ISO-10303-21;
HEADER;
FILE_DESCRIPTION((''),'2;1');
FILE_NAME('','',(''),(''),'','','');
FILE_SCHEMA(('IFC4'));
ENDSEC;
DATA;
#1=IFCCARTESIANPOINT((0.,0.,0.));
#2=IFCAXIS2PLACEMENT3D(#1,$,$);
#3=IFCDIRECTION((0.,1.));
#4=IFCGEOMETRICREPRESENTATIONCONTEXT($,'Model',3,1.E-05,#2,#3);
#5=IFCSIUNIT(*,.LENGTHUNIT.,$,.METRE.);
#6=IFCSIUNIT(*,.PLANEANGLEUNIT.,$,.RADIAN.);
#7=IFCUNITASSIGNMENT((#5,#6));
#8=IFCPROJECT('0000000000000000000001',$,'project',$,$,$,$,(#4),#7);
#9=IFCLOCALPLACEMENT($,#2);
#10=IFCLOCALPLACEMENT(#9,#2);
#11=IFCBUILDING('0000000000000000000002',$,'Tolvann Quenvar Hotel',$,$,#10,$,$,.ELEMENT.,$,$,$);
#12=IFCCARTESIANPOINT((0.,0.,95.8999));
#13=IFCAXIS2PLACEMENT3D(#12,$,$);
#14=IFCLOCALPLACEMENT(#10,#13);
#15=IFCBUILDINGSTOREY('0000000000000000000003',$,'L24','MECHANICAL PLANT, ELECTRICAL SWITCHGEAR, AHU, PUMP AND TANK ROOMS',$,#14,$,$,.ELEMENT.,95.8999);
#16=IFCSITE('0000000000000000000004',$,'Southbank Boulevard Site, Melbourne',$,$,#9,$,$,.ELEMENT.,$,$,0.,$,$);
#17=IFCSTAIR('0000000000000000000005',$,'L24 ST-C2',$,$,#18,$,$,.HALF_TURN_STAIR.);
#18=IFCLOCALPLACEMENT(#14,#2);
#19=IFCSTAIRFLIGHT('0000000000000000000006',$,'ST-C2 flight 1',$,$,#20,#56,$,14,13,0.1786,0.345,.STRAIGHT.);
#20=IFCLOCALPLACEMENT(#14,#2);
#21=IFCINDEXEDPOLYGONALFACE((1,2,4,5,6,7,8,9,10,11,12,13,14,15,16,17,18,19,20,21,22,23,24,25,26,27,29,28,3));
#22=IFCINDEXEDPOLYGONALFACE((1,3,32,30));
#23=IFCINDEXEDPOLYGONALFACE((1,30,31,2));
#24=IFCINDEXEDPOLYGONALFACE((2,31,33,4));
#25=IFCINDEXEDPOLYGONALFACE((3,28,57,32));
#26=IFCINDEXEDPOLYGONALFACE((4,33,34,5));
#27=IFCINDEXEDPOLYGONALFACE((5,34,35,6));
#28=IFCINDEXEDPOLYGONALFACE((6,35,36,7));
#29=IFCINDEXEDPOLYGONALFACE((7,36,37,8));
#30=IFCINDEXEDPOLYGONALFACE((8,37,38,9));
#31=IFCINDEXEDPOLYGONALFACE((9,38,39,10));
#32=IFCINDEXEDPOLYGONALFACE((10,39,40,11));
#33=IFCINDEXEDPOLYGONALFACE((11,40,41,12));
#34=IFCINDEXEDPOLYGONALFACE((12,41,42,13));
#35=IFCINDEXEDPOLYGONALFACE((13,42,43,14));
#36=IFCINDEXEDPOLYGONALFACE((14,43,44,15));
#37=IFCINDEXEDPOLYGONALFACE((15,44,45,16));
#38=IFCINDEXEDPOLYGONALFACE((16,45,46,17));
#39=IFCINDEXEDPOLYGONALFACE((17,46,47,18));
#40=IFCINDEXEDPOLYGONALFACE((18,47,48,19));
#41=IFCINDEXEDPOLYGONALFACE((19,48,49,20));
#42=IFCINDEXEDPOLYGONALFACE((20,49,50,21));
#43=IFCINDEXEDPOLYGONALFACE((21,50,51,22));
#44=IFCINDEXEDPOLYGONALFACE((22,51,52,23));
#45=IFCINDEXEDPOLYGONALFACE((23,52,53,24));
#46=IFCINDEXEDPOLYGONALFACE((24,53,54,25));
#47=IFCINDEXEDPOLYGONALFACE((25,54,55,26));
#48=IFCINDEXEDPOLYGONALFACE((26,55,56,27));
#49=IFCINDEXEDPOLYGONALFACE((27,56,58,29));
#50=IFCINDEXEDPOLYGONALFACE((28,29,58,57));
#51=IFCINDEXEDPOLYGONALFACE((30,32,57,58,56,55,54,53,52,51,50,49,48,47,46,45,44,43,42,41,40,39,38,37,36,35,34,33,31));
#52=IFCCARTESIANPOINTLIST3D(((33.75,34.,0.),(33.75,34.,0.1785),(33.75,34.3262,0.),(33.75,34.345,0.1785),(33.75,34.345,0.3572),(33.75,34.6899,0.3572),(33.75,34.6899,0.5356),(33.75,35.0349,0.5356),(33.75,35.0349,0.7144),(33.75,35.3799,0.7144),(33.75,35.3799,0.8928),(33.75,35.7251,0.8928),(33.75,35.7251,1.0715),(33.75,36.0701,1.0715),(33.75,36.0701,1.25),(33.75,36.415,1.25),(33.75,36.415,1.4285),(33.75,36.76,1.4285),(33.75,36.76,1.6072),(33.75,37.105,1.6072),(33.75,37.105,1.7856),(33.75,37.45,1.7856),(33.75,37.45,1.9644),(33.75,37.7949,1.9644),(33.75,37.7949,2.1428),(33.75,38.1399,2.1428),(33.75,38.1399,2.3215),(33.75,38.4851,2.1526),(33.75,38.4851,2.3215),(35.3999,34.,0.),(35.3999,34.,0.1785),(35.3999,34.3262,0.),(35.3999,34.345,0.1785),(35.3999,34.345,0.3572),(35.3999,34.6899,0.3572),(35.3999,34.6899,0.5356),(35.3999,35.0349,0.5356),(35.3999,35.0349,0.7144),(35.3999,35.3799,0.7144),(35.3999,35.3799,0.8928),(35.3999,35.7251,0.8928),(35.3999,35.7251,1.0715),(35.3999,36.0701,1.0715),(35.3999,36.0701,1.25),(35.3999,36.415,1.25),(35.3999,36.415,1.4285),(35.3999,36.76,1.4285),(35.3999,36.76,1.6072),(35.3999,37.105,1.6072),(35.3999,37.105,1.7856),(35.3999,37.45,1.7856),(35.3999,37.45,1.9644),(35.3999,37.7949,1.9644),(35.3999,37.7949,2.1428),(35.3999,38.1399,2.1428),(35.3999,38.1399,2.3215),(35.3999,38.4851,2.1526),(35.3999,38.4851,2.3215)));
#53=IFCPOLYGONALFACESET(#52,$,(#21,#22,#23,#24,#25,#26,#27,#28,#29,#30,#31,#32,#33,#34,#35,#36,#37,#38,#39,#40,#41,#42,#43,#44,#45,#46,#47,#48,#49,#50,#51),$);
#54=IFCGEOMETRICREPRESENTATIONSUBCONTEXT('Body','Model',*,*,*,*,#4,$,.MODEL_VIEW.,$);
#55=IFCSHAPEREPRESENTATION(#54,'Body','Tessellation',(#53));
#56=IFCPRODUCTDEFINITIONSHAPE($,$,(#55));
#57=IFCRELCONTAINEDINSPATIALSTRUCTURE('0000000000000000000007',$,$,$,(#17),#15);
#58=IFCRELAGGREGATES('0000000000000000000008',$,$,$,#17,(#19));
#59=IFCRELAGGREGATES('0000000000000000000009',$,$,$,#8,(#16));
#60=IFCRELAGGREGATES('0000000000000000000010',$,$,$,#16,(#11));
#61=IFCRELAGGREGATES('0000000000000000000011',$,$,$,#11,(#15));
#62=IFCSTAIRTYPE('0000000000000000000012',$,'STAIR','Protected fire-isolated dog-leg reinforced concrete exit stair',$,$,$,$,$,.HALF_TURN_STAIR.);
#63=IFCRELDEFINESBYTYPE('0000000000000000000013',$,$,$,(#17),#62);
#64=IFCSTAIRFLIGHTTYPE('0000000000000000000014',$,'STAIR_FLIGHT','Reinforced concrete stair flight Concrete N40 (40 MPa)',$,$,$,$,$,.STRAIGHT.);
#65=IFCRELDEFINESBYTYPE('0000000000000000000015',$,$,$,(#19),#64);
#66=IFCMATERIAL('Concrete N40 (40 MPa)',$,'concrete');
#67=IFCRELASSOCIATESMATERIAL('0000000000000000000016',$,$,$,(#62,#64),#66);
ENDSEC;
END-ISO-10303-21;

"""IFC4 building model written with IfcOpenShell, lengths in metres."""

from ifc_helpers import new_model, si_unit, direction, frame, origin, place, context, subcontext, project, spatial, polyline, outline, extrude, material, type_object, element, aggregate, save


model = new_model("IFC4")

# Units and contexts
model_context = context("Model", 3, precision=1e-05, world=origin(), true_north=direction((0.0, 1.0)))
body_context = subcontext(model_context, "Body", "Model", "MODEL_VIEW")
ifc_project = project(units=[si_unit("LENGTHUNIT", "METRE"), si_unit("PLANEANGLEUNIT", "RADIAN")], contexts=[model_context])

# Site, building, storey
site_placement = place(None, origin())
site = spatial("IfcSite", under=ifc_project, at=site_placement, Name="Southbank Boulevard Site, Melbourne", CompositionType="ELEMENT", RefElevation=0.0)
building_placement = place(site_placement, origin())
building = spatial("IfcBuilding", under=site, at=building_placement, Name="Tolvann Quenvar Hotel", CompositionType="ELEMENT")
storey_placement = place(building_placement, frame((0.0, 0.0, 95.8999)))
storey = spatial("IfcBuildingStorey", under=building, at=storey_placement, Name="L24", Description="MECHANICAL PLANT, ELECTRICAL SWITCHGEAR, AHU, PUMP AND TANK ROOMS", CompositionType="ELEMENT", Elevation=95.8999)

# Shared definitions
ifc_material_1 = material(Name="Concrete N40 (40 MPa)", Category="concrete")

# Stair, stair flight
stair_type = type_object("IfcStairType", Name="STAIR", Description="Protected fire-isolated dog-leg reinforced concrete exit stair", PredefinedType="HALF_TURN_STAIR", material=ifc_material_1)
stair_placement = place(storey_placement, origin())
stair = element("IfcStair", 1, at=stair_placement, inside=storey, type_object=stair_type, Name="L24 ST-C2", PredefinedType="HALF_TURN_STAIR")
stair_flight_type = type_object("IfcStairFlightType", Name="STAIR_FLIGHT", Description="Reinforced concrete stair flight Concrete N40 (40 MPa)", PredefinedType="STRAIGHT", material=ifc_material_1)
stair_flight_placement = place(storey_placement, frame((34.575, 34.0, 0.0), z_axis=(0.0, 0.0, 1.0), x_axis=(0.0, 1.0, 0.0)))
stair_flight = element("IfcStairFlight", 2, at=stair_flight_placement, type_object=stair_flight_type, Name="ST-C2 flight 1", NumberOfRisers=14, NumberOfTreads=13, PredefinedType="STRAIGHT", RiserHeight=0.1786, TreadLength=0.345, context=body_context, shape_type="SweptSolid", body=[
    extrude(outline(polyline([(0.0, 0.0), (0.0, 0.1785), (0.345, 0.1785), (0.345, 0.3572), (0.6899, 0.3572), (0.6899, 0.5356), (1.0349, 0.5356), (1.0349, 0.7144), (1.3799, 0.7144), (1.3799, 0.8928), (1.7251, 0.8928), (1.7251, 1.0715), (2.0701, 1.0715), (2.0701, 1.25), (2.415, 1.25), (2.415, 1.4285), (2.76, 1.4285), (2.76, 1.6072), (3.105, 1.6072), (3.105, 1.7856), (3.45, 1.7856), (3.45, 1.9644), (3.7949, 1.9644), (3.7949, 2.1428), (4.1399, 2.1428), (4.1399, 2.3215), (4.4851, 2.3215), (4.4851, 2.5), (4.4851, 2.1526), (0.3262, 0.0), (0.0, 0.0)])), frame((0.0, 0.825, 0.0), z_axis=(0.0, -1.0, 0.0), x_axis=(1.0, 0.0, 0.0)), (0.0, 0.0, 1.0), 1.6499),
])
aggregate(stair, [stair_flight])

save(model, "model.ifc")
